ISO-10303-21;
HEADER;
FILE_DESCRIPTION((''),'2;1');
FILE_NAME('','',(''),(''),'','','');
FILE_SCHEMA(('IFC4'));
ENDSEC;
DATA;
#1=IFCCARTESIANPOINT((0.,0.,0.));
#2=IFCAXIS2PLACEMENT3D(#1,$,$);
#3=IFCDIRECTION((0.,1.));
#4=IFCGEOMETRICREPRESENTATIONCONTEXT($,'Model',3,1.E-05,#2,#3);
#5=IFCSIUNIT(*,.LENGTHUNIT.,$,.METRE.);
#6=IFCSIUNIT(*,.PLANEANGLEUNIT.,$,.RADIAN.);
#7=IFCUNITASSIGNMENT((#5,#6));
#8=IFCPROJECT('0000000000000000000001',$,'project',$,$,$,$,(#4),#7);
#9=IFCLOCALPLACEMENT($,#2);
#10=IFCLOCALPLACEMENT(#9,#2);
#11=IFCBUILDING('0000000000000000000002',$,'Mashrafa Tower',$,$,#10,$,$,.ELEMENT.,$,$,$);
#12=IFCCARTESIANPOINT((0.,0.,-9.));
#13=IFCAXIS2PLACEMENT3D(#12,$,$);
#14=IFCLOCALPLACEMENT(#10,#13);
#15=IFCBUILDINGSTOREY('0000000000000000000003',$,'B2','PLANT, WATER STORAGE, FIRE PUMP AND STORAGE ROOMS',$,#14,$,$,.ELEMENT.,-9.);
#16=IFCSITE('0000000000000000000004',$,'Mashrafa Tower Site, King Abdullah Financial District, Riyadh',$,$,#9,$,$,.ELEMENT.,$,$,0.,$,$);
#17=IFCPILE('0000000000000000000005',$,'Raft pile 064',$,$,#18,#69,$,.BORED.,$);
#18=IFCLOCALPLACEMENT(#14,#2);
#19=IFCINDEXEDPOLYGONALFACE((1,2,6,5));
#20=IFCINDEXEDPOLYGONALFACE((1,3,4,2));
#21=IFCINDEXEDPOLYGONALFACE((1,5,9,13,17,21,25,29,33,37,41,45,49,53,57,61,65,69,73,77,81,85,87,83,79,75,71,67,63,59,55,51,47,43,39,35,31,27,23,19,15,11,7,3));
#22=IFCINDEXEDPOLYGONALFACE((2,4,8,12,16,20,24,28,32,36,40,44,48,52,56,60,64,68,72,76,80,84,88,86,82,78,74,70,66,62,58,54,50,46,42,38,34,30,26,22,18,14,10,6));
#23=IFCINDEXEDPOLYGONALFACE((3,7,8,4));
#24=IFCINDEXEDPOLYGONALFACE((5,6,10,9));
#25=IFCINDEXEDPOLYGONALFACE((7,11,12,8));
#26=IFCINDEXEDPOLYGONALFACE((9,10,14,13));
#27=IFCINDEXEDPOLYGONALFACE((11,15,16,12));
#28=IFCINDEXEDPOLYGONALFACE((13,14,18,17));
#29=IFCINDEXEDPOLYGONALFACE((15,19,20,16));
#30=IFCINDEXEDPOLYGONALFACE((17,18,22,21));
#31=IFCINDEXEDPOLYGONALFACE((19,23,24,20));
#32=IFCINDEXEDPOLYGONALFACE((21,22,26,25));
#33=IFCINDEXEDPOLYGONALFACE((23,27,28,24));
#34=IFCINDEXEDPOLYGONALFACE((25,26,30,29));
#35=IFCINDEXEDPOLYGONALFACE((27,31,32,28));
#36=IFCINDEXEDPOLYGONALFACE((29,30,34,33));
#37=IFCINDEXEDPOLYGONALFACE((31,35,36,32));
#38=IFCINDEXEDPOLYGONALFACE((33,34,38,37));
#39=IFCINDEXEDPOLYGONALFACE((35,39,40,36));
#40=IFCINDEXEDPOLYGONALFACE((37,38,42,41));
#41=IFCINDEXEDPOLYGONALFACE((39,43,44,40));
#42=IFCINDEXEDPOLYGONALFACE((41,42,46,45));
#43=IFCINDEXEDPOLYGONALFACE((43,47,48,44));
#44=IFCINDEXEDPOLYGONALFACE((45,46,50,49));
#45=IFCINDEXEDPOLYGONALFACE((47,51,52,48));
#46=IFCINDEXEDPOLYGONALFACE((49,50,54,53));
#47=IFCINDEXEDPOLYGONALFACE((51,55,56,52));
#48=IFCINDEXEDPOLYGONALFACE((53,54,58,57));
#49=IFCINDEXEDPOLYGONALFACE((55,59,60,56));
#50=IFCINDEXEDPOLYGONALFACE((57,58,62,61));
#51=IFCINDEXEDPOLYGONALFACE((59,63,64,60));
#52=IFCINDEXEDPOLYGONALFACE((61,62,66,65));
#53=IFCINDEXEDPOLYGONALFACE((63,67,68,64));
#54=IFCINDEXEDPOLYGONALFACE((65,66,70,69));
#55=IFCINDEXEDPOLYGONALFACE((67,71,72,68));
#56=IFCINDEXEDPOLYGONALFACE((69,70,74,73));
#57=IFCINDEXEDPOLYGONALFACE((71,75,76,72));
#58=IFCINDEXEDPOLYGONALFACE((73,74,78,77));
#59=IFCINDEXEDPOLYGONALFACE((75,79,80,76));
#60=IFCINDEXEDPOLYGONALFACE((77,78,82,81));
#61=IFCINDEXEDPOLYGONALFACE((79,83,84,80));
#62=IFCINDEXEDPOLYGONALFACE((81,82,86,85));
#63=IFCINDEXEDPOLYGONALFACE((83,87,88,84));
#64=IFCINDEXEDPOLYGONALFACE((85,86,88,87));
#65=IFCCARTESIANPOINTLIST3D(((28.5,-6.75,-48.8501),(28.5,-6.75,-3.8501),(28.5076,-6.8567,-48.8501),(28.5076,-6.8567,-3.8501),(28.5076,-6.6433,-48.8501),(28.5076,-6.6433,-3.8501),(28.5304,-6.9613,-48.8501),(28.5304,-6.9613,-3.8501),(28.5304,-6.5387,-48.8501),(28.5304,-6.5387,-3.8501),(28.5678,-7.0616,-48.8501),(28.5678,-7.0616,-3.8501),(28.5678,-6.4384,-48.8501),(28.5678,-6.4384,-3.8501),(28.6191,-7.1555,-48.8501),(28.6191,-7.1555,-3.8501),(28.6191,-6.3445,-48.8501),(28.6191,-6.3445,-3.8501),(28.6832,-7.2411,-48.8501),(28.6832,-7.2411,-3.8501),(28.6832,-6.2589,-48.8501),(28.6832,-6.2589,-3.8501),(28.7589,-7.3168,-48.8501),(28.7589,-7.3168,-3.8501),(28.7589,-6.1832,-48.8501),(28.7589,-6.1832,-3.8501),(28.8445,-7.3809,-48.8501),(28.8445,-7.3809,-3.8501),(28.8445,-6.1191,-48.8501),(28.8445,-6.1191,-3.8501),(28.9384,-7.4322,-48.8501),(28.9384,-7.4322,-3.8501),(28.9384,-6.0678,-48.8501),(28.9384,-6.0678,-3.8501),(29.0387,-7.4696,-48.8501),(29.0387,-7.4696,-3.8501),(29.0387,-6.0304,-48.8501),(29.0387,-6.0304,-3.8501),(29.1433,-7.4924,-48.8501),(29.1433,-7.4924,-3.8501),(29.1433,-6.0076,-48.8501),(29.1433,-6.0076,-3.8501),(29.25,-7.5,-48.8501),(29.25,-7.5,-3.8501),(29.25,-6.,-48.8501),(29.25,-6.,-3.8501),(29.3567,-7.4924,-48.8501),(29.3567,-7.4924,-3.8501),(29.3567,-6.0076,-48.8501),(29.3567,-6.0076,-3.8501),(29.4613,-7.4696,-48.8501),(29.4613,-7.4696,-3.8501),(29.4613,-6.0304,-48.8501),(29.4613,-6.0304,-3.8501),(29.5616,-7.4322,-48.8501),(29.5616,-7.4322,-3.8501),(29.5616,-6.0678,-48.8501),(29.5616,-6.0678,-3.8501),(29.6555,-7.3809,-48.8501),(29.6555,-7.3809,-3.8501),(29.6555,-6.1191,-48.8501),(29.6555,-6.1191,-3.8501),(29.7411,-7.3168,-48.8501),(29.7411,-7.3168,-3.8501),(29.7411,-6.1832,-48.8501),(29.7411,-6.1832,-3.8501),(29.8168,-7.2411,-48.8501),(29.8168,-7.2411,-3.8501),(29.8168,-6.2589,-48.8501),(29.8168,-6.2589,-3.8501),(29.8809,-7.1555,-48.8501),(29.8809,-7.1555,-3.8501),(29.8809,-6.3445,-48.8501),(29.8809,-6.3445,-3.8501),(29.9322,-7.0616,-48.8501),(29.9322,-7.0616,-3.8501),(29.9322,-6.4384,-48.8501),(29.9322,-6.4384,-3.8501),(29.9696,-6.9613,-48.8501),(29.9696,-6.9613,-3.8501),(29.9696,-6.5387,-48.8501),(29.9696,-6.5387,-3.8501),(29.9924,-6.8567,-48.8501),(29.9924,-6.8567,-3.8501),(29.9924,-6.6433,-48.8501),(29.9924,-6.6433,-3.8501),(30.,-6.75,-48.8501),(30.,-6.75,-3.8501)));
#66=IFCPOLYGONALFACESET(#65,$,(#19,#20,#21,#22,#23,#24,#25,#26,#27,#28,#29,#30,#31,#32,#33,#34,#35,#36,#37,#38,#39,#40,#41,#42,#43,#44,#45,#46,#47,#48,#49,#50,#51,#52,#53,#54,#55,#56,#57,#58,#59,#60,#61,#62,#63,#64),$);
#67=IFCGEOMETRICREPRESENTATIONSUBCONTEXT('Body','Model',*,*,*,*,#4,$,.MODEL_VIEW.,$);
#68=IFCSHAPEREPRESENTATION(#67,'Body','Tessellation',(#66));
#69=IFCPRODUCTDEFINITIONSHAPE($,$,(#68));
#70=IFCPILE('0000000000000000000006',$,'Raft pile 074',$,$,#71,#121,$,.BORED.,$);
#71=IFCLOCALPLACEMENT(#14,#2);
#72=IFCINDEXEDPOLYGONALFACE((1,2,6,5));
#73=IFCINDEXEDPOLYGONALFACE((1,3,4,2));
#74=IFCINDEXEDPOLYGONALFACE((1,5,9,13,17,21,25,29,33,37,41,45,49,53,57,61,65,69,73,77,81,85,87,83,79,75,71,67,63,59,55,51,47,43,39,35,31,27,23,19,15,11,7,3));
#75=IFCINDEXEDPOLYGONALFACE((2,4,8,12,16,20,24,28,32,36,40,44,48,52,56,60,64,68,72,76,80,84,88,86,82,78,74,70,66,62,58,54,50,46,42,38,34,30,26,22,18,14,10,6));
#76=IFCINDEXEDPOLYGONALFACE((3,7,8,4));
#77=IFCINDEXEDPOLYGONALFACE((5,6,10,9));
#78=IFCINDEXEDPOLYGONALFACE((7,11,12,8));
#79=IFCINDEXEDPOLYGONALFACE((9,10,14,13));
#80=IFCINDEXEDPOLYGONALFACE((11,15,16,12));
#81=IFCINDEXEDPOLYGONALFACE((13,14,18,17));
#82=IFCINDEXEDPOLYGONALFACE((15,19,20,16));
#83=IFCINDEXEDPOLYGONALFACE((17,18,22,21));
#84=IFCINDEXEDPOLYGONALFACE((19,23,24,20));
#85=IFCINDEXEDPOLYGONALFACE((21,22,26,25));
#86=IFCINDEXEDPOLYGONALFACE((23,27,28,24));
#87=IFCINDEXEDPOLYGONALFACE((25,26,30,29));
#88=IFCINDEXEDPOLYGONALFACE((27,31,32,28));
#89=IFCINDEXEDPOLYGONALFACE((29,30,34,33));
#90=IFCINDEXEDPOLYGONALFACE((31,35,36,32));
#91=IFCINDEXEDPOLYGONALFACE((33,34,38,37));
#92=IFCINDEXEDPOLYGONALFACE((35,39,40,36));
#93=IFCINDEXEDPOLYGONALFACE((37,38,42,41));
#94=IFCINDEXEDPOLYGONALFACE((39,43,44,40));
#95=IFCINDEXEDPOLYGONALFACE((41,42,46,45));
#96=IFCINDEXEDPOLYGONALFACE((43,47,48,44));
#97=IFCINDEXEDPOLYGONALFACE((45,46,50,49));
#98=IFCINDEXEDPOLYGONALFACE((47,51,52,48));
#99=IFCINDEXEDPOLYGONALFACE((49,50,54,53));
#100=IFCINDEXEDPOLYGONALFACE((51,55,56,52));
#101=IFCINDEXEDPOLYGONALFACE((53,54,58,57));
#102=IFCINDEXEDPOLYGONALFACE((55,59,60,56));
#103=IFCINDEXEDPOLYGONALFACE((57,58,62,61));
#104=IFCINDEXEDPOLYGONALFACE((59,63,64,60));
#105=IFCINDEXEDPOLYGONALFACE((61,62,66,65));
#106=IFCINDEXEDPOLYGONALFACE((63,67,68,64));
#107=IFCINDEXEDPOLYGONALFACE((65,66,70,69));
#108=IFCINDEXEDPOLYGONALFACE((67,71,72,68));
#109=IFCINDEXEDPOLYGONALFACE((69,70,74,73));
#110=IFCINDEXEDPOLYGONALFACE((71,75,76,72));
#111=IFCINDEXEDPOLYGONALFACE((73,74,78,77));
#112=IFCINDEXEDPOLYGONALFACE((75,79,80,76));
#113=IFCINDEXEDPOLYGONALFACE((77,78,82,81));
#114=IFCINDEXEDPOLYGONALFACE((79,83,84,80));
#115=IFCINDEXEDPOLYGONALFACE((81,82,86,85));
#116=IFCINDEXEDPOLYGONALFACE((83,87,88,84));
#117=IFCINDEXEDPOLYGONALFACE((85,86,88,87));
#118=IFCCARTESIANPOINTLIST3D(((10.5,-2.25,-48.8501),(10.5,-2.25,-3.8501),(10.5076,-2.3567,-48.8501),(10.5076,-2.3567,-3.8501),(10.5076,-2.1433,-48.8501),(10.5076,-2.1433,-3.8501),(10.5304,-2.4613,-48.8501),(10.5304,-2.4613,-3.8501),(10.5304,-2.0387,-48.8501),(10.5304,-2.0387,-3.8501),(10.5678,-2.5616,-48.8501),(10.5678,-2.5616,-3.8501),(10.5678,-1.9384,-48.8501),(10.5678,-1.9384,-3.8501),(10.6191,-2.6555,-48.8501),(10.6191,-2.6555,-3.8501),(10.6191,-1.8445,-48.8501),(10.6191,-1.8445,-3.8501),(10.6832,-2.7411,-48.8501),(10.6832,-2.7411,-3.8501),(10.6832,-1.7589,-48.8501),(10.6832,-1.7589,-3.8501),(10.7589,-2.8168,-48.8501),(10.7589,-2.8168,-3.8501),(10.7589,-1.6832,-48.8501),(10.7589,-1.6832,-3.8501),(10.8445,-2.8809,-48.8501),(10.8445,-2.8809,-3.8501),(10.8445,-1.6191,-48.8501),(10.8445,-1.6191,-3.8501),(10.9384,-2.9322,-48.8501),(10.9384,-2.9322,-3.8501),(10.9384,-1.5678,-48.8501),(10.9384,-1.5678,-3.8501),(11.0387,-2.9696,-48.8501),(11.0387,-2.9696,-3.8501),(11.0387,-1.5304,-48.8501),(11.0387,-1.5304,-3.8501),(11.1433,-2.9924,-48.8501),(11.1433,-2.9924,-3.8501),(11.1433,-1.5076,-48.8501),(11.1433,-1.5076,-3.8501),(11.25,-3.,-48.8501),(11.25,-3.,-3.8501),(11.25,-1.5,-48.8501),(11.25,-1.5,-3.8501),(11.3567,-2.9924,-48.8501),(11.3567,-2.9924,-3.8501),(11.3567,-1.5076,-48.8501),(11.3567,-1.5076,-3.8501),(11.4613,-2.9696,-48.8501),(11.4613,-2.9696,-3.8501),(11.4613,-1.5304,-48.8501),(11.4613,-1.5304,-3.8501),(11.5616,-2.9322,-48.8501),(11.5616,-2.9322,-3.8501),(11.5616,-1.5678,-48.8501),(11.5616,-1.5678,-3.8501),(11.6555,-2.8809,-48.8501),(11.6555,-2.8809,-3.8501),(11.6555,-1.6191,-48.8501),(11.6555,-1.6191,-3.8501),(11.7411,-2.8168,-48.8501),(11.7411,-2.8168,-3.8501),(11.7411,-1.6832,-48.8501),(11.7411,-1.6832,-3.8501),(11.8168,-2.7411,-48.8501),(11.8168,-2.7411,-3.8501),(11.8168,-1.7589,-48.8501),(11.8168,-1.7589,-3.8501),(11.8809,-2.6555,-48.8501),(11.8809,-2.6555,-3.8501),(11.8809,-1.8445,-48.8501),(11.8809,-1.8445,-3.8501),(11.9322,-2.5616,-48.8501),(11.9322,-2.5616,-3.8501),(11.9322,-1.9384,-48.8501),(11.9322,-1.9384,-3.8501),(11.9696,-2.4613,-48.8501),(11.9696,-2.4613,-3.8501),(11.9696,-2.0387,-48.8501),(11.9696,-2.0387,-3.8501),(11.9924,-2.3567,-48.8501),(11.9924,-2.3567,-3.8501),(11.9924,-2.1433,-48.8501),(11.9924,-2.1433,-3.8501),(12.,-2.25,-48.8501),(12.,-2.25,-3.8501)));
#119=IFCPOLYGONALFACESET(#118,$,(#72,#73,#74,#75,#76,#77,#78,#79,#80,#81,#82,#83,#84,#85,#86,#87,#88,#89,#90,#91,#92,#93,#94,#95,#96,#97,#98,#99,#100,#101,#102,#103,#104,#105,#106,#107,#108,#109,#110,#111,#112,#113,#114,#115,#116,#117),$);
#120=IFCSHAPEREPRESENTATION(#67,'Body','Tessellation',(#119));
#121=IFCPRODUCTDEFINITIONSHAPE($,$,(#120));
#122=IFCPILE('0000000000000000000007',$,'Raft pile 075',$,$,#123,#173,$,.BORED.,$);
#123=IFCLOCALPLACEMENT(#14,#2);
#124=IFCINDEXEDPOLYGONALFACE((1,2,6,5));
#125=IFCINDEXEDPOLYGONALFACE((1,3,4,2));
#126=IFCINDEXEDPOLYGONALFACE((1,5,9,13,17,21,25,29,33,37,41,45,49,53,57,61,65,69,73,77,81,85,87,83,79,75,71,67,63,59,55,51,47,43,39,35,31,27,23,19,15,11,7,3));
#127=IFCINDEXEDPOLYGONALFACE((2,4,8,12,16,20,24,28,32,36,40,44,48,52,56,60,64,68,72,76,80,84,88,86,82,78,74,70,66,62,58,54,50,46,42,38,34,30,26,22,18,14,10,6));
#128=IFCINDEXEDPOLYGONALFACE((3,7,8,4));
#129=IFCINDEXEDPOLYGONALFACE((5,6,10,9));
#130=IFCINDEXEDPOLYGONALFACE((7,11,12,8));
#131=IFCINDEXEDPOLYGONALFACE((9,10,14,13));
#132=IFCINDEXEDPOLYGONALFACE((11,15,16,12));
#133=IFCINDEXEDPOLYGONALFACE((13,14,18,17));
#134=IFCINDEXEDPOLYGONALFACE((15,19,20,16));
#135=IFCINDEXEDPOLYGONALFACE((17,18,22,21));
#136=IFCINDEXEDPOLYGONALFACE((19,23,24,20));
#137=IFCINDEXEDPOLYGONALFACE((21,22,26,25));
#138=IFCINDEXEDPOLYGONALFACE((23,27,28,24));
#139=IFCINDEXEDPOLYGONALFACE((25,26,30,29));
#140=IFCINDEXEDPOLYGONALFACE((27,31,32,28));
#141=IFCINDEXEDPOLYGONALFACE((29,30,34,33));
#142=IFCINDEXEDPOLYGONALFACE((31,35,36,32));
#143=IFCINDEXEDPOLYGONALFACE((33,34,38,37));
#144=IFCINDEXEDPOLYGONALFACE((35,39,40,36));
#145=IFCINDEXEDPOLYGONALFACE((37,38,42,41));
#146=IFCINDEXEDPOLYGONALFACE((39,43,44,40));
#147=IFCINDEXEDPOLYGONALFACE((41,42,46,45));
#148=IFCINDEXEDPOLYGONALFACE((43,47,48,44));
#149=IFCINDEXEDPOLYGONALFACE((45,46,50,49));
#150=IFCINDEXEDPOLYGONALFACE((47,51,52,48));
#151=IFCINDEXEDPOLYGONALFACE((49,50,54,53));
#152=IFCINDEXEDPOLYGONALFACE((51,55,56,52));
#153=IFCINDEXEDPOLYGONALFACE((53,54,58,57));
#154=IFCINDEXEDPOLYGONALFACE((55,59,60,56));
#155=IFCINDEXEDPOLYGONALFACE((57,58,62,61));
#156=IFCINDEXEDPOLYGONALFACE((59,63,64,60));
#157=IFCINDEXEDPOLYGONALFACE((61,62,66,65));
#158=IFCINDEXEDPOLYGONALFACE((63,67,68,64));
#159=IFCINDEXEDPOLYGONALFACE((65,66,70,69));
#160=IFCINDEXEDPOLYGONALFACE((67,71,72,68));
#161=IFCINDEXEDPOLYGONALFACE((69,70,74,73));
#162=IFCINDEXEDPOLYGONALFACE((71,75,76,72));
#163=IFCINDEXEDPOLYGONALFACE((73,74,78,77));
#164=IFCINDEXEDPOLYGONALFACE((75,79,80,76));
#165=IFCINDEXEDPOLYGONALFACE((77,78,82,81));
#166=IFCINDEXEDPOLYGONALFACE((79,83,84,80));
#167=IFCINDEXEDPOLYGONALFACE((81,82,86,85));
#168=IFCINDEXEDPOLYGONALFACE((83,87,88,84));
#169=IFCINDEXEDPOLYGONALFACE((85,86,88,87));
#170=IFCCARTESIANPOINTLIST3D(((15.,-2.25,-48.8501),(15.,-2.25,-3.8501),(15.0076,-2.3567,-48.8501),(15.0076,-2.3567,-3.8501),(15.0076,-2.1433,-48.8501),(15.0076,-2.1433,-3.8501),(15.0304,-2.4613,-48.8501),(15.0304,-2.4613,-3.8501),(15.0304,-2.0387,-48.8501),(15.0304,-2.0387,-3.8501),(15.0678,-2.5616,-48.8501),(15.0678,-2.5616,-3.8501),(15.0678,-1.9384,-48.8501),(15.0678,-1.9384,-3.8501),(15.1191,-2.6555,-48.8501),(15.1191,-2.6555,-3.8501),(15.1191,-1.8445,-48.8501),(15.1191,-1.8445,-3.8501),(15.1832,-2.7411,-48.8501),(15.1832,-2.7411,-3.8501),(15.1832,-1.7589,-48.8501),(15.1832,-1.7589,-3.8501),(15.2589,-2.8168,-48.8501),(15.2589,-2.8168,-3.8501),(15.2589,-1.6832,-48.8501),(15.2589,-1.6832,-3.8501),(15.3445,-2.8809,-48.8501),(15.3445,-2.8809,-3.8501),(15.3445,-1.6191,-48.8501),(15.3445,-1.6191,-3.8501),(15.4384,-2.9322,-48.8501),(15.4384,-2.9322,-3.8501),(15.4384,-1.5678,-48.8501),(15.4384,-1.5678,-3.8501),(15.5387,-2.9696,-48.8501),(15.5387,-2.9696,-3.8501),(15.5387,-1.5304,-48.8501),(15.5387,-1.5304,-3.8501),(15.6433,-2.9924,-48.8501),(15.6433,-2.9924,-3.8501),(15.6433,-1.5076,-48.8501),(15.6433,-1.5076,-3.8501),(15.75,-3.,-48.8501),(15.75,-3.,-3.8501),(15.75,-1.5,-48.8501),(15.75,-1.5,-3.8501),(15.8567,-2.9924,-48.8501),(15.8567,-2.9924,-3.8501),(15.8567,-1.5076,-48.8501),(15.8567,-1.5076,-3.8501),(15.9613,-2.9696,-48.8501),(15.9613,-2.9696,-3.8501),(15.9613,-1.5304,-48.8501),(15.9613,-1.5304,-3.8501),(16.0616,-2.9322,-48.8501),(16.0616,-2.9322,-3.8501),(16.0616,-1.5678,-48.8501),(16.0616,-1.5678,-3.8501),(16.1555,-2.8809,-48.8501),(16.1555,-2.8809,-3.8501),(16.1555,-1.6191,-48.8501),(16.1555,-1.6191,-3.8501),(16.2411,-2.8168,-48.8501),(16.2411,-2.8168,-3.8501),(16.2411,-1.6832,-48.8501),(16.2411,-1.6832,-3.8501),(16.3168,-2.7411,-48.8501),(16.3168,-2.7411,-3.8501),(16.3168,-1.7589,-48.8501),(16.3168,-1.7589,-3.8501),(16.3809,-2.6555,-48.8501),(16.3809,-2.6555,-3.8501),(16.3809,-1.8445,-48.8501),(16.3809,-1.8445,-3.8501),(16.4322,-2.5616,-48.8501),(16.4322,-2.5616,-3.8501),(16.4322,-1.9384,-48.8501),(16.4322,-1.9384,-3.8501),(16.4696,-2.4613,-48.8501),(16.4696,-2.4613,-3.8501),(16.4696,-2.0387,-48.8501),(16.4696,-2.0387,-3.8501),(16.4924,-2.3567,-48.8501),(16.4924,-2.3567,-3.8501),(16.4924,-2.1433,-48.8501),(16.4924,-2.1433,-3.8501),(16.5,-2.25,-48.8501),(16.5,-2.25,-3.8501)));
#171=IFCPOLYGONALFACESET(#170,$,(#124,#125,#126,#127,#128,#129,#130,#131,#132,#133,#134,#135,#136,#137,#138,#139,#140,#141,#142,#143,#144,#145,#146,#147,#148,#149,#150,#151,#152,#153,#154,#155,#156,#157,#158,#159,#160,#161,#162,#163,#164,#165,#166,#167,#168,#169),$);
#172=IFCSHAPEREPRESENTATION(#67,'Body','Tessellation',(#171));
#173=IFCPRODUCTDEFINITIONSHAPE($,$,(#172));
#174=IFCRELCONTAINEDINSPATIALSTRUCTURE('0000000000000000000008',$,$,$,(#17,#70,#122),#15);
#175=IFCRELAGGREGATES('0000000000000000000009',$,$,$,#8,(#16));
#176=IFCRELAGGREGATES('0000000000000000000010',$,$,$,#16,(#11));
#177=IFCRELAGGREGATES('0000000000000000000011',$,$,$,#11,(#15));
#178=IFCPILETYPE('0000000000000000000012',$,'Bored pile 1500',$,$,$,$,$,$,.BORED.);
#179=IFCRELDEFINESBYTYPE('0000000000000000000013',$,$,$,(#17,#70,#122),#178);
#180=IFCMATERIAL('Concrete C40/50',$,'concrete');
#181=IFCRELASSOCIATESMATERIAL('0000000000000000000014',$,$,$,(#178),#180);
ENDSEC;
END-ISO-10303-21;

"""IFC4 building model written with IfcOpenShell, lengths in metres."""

from ifc_helpers import new_model, si_unit, direction, frame, origin, origin_2d, place, context, subcontext, project, spatial, circle, extrude, material, material_profile, profile_set, type_object, element, save


model = new_model("IFC4")

# Units and contexts
model_context = context("Model", 3, precision=1e-05, world=origin(), true_north=direction((0.0, 1.0)))
body_context = subcontext(model_context, "Body", "Model", "MODEL_VIEW")
ifc_project = project(units=[si_unit("LENGTHUNIT", "METRE"), si_unit("PLANEANGLEUNIT", "RADIAN")], contexts=[model_context])

# Site, building, storey
site_placement = place(None, origin())
site = spatial("IfcSite", under=ifc_project, at=site_placement, Name="Mashrafa Tower Site, King Abdullah Financial District, Riyadh", CompositionType="ELEMENT", RefElevation=0.0)
building_placement = place(site_placement, origin())
building = spatial("IfcBuilding", under=site, at=building_placement, Name="Mashrafa Tower", CompositionType="ELEMENT")
storey_placement = place(building_placement, frame((0.0, 0.0, -9.0)))
storey = spatial("IfcBuildingStorey", under=building, at=storey_placement, Name="B2", Description="PLANT, WATER STORAGE, FIRE PUMP AND STORAGE ROOMS", CompositionType="ELEMENT", Elevation=-9.0)

# Piles
ifc_material_1 = material(Name="Concrete C40/50", Category="concrete")
ifc_material_profile_1 = material_profile(ifc_material_1, circle(Radius=0.75, at=origin_2d()), Name="1500 DIA")
ifc_profile_set_1 = profile_set([ifc_material_profile_1], Name="Concrete C40/50")
pile_type_1 = type_object("IfcPileType", Name="Bored pile 1500", PredefinedType="BORED", material=ifc_profile_set_1)
for number, where, z_axis, x_axis, name in (
    (1, (29.25, -6.75, -3.8501), (0.0, 0.0, -1.0), (1.0, 0.0, 0.0), "Raft pile 064"),
    (2, (11.25, -2.25, -3.8501), (0.0, 0.0, -1.0), (1.0, 0.0, 0.0), "Raft pile 074"),
    (3, (15.75, -2.25, -3.8501), (0.0, 0.0, -1.0), (1.0, 0.0, 0.0), "Raft pile 075"),
):
    element("IfcPile", number, at=place(storey_placement, frame(where, z_axis=z_axis, x_axis=x_axis)), inside=storey, type_object=pile_type_1, Name=name, PredefinedType="BORED", context=body_context, shape_type="SweptSolid", body=[
        extrude(circle(Radius=0.75, at=origin_2d()), origin(), (0.0, 0.0, 1.0), 45.0),
    ])

save(model, "model.ifc")
